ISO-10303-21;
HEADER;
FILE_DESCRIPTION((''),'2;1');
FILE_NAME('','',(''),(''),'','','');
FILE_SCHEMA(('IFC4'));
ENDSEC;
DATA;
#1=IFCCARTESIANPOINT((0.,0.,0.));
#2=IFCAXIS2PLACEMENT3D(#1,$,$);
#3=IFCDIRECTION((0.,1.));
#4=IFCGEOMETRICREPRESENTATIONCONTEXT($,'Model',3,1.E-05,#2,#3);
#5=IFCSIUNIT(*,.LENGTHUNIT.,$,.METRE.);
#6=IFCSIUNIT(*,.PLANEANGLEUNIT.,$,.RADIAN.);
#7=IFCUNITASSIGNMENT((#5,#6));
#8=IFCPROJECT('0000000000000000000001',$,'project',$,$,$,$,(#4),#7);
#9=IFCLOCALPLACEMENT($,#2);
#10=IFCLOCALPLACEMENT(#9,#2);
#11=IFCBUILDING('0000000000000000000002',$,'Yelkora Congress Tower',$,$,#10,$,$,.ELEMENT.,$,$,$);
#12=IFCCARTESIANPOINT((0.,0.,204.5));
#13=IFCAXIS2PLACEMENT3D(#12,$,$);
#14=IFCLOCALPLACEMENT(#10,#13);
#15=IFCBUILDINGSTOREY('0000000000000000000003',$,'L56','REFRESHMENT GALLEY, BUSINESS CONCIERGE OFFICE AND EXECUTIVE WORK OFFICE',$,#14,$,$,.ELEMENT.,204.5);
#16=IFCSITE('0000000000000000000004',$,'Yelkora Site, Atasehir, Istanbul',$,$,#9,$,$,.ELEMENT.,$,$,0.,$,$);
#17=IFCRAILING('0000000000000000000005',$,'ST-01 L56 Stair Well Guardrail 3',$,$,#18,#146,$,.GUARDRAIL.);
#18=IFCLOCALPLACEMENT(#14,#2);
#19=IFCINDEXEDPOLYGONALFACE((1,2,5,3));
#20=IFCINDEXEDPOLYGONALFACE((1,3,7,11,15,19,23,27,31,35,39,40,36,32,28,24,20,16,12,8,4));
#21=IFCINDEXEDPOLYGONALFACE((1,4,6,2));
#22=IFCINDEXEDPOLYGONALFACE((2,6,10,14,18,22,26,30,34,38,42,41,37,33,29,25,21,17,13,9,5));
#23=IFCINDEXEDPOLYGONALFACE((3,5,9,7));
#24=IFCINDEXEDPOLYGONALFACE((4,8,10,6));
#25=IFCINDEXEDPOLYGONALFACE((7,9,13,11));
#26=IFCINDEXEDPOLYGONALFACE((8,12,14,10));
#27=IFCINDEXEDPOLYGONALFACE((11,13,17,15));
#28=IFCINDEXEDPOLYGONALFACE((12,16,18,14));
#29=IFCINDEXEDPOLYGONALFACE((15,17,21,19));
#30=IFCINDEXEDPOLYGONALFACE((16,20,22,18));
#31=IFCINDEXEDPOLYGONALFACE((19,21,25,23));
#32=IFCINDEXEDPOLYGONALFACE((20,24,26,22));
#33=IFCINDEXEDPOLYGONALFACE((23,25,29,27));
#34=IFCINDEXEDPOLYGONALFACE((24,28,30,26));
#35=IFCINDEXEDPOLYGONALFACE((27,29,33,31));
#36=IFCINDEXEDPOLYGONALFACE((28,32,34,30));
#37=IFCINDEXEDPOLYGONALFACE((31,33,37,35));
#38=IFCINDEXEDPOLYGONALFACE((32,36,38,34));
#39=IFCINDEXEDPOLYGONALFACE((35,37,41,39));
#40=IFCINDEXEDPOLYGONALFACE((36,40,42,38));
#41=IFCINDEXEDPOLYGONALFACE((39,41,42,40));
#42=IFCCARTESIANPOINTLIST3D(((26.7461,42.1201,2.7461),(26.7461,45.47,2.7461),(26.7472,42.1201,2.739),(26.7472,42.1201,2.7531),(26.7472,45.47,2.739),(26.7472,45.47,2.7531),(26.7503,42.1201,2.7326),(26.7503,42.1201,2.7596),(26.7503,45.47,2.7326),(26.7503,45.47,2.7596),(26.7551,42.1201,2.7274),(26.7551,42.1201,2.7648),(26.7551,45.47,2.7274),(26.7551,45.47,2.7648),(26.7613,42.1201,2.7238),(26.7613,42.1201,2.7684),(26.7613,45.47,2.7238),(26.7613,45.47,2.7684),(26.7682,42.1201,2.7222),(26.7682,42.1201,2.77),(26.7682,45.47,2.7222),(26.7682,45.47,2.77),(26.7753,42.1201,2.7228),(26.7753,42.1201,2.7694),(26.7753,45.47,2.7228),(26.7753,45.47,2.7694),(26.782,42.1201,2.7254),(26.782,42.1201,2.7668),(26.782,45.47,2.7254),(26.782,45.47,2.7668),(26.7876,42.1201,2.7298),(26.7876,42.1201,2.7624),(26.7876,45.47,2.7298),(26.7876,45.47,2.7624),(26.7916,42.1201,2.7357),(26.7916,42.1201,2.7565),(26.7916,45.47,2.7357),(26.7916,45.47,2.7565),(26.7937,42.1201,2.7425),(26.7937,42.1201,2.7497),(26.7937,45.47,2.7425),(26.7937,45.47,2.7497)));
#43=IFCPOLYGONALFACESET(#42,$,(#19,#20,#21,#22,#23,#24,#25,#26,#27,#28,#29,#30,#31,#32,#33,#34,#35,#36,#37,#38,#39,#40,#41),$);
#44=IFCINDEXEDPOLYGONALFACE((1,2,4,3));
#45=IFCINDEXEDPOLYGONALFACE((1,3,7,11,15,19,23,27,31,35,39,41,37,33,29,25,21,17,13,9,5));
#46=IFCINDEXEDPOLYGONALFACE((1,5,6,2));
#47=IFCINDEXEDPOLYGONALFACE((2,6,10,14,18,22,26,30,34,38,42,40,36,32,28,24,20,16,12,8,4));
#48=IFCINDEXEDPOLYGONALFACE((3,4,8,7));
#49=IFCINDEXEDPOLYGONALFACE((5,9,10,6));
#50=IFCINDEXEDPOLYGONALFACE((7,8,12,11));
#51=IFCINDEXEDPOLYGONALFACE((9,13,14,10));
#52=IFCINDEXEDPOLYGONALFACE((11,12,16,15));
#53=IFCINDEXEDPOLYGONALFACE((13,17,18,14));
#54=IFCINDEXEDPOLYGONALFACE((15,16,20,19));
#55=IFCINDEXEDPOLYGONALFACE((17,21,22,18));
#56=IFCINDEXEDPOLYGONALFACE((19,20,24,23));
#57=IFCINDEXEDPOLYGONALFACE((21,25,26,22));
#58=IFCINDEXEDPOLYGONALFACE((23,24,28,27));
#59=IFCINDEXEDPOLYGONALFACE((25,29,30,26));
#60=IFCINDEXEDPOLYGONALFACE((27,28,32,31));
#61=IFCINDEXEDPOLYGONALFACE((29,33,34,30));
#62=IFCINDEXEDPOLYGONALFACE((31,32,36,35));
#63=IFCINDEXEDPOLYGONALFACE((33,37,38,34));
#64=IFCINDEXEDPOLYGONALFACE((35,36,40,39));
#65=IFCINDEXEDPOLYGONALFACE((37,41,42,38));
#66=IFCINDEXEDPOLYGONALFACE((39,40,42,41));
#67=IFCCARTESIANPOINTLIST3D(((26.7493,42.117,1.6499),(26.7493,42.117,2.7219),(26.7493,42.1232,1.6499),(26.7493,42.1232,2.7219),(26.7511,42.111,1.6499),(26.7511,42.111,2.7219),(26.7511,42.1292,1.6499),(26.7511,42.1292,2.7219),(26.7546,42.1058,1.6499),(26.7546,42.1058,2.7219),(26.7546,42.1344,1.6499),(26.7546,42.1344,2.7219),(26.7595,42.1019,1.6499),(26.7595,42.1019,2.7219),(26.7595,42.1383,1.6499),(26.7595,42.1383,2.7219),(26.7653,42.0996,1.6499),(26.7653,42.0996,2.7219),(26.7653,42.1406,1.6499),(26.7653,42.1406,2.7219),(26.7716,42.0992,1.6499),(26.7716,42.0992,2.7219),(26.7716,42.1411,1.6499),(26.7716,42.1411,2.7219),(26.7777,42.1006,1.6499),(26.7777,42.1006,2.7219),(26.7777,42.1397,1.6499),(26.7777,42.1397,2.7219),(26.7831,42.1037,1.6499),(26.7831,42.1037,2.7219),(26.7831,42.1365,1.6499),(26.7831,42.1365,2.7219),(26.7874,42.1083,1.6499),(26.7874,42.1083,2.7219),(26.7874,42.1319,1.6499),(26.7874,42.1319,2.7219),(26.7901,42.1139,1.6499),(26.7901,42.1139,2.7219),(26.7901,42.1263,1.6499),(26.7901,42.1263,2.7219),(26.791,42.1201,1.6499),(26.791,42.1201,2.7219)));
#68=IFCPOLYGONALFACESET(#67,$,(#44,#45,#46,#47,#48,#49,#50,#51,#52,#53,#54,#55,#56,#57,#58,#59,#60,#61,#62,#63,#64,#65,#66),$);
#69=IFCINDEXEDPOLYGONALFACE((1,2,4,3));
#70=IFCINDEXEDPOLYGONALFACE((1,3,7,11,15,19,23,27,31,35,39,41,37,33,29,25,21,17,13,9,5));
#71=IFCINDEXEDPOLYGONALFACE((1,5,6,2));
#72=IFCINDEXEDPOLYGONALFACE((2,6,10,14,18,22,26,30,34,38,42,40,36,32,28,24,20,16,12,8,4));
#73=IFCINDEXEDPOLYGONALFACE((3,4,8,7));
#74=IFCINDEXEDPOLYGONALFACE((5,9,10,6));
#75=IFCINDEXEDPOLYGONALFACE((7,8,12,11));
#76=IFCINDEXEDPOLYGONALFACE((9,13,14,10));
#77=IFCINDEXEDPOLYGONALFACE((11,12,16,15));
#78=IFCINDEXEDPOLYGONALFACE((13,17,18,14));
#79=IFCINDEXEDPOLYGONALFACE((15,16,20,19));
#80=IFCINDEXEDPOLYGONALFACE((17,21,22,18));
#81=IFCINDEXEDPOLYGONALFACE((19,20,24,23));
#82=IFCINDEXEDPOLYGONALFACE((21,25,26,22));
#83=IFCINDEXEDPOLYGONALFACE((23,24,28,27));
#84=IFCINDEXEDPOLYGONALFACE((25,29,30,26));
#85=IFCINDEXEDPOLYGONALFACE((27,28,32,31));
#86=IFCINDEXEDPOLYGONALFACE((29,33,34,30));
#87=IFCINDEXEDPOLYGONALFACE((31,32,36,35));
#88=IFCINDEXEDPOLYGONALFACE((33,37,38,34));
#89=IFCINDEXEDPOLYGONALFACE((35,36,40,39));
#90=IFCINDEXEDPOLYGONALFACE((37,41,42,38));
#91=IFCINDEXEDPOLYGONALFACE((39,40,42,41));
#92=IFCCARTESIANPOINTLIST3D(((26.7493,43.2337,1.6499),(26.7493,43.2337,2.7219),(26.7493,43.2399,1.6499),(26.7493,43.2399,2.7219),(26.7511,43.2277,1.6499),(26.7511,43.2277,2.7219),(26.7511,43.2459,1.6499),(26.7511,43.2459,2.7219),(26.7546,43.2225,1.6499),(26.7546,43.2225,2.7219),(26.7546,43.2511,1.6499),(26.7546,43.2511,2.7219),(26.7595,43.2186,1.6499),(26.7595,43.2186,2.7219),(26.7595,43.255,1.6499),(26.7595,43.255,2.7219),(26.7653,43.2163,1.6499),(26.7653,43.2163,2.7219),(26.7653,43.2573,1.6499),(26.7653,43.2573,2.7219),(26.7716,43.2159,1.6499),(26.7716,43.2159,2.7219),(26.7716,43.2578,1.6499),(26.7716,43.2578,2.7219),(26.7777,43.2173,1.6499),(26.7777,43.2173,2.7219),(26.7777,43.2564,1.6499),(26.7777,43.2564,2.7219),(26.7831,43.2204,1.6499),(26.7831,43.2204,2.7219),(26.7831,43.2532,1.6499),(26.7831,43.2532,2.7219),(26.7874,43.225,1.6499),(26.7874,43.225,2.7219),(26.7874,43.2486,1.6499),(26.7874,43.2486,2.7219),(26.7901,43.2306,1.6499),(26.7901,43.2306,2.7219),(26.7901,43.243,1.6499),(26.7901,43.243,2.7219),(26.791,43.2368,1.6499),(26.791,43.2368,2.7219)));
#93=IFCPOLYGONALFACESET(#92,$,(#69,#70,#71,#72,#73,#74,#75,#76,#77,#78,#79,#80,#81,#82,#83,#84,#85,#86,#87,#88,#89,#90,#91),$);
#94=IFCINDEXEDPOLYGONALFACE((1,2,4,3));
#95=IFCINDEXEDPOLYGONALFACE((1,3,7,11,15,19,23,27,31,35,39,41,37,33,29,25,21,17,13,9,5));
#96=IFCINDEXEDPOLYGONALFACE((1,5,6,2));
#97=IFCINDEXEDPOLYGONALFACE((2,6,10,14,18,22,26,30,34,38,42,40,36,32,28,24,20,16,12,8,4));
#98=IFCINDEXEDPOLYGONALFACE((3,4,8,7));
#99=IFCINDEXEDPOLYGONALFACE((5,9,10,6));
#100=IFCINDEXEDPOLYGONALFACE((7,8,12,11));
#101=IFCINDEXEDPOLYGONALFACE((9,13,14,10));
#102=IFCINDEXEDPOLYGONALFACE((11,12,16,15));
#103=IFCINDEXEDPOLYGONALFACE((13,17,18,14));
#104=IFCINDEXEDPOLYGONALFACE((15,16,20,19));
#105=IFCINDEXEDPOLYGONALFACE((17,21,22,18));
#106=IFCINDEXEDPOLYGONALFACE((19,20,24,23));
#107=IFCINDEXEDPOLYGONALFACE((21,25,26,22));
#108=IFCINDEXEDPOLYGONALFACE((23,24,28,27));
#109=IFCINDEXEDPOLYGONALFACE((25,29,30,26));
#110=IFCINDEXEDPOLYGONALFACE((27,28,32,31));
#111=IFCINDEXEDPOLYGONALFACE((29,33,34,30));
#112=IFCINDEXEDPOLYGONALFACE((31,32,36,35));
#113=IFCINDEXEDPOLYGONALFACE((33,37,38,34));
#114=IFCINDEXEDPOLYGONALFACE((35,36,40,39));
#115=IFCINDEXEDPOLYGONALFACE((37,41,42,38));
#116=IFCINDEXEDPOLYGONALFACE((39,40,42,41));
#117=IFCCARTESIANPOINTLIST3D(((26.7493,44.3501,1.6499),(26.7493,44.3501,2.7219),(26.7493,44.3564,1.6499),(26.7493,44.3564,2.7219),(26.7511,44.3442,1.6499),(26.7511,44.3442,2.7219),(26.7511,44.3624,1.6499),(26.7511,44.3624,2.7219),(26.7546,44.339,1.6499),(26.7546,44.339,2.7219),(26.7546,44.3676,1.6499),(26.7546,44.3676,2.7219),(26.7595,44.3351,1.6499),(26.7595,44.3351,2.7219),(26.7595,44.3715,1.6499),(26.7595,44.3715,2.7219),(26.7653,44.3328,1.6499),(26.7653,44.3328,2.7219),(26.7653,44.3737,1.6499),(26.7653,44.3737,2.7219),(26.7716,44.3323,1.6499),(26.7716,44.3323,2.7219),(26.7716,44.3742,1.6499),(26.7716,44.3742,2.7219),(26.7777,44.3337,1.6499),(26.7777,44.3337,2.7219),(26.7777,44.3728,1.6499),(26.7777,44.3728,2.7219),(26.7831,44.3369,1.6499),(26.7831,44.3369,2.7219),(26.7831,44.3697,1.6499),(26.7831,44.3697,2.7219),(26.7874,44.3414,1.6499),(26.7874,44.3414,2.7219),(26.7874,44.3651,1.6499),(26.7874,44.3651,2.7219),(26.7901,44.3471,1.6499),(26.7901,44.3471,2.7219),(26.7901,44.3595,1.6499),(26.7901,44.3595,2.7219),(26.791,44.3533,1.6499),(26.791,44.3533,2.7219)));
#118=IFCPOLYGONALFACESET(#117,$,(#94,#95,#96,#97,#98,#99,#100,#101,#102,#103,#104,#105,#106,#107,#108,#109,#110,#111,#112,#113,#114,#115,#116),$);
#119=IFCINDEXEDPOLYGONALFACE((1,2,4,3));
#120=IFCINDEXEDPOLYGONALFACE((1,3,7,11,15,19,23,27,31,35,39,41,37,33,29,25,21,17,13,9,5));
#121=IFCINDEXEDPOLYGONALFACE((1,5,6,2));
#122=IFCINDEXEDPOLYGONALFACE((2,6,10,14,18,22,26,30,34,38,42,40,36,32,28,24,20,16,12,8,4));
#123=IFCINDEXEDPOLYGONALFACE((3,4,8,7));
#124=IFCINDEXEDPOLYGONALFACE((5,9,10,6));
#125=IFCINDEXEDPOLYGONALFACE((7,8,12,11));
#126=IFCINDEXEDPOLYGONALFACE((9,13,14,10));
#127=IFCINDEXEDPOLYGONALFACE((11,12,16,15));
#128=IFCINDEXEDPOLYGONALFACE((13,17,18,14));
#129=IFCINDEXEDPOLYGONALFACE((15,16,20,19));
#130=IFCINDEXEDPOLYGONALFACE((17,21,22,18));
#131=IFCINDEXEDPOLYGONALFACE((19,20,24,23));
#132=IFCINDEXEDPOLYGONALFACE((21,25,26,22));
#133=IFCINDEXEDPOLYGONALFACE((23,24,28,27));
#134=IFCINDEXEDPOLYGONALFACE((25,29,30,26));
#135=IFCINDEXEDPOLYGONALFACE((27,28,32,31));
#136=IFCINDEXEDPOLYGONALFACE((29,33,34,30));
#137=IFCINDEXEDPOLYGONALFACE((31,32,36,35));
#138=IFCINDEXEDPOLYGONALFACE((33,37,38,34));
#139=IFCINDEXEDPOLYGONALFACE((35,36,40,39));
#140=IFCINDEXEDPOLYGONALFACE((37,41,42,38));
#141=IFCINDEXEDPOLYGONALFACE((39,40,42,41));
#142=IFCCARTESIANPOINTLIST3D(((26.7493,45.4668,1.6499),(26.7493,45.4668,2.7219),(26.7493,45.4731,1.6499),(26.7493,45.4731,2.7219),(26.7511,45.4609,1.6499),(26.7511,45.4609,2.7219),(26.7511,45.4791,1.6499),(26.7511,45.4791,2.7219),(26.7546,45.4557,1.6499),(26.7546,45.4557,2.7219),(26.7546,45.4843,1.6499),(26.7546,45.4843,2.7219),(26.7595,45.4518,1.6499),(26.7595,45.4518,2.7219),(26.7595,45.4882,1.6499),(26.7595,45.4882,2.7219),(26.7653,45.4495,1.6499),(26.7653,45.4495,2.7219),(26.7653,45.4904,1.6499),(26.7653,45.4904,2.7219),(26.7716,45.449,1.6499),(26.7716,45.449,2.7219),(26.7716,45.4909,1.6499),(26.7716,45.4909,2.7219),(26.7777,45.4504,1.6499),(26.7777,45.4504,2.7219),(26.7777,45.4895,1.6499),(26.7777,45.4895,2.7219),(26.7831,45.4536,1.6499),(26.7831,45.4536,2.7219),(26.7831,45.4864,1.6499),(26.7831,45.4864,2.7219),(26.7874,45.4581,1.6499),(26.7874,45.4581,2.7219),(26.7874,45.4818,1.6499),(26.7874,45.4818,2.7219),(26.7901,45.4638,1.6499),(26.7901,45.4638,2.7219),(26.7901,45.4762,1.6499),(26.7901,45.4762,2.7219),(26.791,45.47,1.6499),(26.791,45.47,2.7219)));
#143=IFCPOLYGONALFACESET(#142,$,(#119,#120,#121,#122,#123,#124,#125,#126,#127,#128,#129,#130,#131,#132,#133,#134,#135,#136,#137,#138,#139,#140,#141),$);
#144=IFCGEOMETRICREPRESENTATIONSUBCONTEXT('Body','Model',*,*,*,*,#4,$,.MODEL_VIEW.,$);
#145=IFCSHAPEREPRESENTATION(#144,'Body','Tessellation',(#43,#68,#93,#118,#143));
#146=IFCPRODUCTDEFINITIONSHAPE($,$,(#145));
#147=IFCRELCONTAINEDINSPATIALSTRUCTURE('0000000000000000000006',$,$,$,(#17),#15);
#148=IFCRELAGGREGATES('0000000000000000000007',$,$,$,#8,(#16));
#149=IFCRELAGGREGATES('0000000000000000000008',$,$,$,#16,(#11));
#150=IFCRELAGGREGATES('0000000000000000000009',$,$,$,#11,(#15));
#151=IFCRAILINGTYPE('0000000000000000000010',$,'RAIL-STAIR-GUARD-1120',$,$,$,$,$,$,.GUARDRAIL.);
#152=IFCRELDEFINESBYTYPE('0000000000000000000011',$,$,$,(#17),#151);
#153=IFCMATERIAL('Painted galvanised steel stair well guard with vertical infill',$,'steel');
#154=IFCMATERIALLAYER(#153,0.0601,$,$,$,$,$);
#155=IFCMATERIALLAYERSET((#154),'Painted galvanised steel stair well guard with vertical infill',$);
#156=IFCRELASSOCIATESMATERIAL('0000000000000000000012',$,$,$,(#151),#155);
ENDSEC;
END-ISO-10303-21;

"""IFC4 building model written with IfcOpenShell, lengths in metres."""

from ifc_helpers import new_model, si_unit, direction, frame, origin, origin_2d, place, context, subcontext, project, spatial, circle, extrude, material, layer, layer_set, type_object, element, save


model = new_model("IFC4")

# Units and contexts
model_context = context("Model", 3, precision=1e-05, world=origin(), true_north=direction((0.0, 1.0)))
body_context = subcontext(model_context, "Body", "Model", "MODEL_VIEW")
ifc_project = project(units=[si_unit("LENGTHUNIT", "METRE"), si_unit("PLANEANGLEUNIT", "RADIAN")], contexts=[model_context])

# Site, building, storey
site_placement = place(None, origin())
site = spatial("IfcSite", under=ifc_project, at=site_placement, Name="Yelkora Site, Atasehir, Istanbul", CompositionType="ELEMENT", RefElevation=0.0)
building_placement = place(site_placement, origin())
building = spatial("IfcBuilding", under=site, at=building_placement, Name="Yelkora Congress Tower", CompositionType="ELEMENT")
storey_placement = place(building_placement, frame((0.0, 0.0, 204.5)))
storey = spatial("IfcBuildingStorey", under=building, at=storey_placement, Name="L56", Description="REFRESHMENT GALLEY, BUSINESS CONCIERGE OFFICE AND EXECUTIVE WORK OFFICE", CompositionType="ELEMENT", Elevation=204.5)

# Railing
ifc_material_1 = material(Name="Painted galvanised steel stair well guard with vertical infill", Category="steel")
ifc_layer_1 = layer(ifc_material_1, 0.0601)
ifc_layer_set_1 = layer_set([ifc_layer_1], Name="Painted galvanised steel stair well guard with vertical infill")
railing_type_1 = type_object("IfcRailingType", Name="RAIL-STAIR-GUARD-1120", PredefinedType="GUARDRAIL", material=ifc_layer_set_1)
for number, where, name in (
    (1, (26.77, 42.1201, 1.6499), "ST-01 L56 Stair Well Guardrail 3"),
):
    element("IfcRailing", number, at=place(storey_placement, frame(where)), inside=storey, type_object=railing_type_1, Name=name, PredefinedType="GUARDRAIL", context=body_context, shape_type="SweptSolid", body=[
        extrude(circle(Radius=0.0239, at=origin_2d()), frame((0.0, 0.0, 1.0962), z_axis=(0.0, 1.0, 0.0), x_axis=(-1.0, 0.0, 0.0)), (0.0, 0.0, 1.0), 3.3499),
        extrude(circle(Radius=0.021, at=origin_2d()), origin(), (0.0, 0.0, 1.0), 1.072),
        extrude(circle(Radius=0.021, at=origin_2d()), frame((0.0, 1.1167, 0.0)), (0.0, 0.0, 1.0), 1.072),
        extrude(circle(Radius=0.021, at=origin_2d()), frame((0.0, 2.2332, 0.0)), (0.0, 0.0, 1.0), 1.072),
        extrude(circle(Radius=0.021, at=origin_2d()), frame((0.0, 3.3499, 0.0)), (0.0, 0.0, 1.0), 1.072),
    ])

save(model, "model.ifc")
